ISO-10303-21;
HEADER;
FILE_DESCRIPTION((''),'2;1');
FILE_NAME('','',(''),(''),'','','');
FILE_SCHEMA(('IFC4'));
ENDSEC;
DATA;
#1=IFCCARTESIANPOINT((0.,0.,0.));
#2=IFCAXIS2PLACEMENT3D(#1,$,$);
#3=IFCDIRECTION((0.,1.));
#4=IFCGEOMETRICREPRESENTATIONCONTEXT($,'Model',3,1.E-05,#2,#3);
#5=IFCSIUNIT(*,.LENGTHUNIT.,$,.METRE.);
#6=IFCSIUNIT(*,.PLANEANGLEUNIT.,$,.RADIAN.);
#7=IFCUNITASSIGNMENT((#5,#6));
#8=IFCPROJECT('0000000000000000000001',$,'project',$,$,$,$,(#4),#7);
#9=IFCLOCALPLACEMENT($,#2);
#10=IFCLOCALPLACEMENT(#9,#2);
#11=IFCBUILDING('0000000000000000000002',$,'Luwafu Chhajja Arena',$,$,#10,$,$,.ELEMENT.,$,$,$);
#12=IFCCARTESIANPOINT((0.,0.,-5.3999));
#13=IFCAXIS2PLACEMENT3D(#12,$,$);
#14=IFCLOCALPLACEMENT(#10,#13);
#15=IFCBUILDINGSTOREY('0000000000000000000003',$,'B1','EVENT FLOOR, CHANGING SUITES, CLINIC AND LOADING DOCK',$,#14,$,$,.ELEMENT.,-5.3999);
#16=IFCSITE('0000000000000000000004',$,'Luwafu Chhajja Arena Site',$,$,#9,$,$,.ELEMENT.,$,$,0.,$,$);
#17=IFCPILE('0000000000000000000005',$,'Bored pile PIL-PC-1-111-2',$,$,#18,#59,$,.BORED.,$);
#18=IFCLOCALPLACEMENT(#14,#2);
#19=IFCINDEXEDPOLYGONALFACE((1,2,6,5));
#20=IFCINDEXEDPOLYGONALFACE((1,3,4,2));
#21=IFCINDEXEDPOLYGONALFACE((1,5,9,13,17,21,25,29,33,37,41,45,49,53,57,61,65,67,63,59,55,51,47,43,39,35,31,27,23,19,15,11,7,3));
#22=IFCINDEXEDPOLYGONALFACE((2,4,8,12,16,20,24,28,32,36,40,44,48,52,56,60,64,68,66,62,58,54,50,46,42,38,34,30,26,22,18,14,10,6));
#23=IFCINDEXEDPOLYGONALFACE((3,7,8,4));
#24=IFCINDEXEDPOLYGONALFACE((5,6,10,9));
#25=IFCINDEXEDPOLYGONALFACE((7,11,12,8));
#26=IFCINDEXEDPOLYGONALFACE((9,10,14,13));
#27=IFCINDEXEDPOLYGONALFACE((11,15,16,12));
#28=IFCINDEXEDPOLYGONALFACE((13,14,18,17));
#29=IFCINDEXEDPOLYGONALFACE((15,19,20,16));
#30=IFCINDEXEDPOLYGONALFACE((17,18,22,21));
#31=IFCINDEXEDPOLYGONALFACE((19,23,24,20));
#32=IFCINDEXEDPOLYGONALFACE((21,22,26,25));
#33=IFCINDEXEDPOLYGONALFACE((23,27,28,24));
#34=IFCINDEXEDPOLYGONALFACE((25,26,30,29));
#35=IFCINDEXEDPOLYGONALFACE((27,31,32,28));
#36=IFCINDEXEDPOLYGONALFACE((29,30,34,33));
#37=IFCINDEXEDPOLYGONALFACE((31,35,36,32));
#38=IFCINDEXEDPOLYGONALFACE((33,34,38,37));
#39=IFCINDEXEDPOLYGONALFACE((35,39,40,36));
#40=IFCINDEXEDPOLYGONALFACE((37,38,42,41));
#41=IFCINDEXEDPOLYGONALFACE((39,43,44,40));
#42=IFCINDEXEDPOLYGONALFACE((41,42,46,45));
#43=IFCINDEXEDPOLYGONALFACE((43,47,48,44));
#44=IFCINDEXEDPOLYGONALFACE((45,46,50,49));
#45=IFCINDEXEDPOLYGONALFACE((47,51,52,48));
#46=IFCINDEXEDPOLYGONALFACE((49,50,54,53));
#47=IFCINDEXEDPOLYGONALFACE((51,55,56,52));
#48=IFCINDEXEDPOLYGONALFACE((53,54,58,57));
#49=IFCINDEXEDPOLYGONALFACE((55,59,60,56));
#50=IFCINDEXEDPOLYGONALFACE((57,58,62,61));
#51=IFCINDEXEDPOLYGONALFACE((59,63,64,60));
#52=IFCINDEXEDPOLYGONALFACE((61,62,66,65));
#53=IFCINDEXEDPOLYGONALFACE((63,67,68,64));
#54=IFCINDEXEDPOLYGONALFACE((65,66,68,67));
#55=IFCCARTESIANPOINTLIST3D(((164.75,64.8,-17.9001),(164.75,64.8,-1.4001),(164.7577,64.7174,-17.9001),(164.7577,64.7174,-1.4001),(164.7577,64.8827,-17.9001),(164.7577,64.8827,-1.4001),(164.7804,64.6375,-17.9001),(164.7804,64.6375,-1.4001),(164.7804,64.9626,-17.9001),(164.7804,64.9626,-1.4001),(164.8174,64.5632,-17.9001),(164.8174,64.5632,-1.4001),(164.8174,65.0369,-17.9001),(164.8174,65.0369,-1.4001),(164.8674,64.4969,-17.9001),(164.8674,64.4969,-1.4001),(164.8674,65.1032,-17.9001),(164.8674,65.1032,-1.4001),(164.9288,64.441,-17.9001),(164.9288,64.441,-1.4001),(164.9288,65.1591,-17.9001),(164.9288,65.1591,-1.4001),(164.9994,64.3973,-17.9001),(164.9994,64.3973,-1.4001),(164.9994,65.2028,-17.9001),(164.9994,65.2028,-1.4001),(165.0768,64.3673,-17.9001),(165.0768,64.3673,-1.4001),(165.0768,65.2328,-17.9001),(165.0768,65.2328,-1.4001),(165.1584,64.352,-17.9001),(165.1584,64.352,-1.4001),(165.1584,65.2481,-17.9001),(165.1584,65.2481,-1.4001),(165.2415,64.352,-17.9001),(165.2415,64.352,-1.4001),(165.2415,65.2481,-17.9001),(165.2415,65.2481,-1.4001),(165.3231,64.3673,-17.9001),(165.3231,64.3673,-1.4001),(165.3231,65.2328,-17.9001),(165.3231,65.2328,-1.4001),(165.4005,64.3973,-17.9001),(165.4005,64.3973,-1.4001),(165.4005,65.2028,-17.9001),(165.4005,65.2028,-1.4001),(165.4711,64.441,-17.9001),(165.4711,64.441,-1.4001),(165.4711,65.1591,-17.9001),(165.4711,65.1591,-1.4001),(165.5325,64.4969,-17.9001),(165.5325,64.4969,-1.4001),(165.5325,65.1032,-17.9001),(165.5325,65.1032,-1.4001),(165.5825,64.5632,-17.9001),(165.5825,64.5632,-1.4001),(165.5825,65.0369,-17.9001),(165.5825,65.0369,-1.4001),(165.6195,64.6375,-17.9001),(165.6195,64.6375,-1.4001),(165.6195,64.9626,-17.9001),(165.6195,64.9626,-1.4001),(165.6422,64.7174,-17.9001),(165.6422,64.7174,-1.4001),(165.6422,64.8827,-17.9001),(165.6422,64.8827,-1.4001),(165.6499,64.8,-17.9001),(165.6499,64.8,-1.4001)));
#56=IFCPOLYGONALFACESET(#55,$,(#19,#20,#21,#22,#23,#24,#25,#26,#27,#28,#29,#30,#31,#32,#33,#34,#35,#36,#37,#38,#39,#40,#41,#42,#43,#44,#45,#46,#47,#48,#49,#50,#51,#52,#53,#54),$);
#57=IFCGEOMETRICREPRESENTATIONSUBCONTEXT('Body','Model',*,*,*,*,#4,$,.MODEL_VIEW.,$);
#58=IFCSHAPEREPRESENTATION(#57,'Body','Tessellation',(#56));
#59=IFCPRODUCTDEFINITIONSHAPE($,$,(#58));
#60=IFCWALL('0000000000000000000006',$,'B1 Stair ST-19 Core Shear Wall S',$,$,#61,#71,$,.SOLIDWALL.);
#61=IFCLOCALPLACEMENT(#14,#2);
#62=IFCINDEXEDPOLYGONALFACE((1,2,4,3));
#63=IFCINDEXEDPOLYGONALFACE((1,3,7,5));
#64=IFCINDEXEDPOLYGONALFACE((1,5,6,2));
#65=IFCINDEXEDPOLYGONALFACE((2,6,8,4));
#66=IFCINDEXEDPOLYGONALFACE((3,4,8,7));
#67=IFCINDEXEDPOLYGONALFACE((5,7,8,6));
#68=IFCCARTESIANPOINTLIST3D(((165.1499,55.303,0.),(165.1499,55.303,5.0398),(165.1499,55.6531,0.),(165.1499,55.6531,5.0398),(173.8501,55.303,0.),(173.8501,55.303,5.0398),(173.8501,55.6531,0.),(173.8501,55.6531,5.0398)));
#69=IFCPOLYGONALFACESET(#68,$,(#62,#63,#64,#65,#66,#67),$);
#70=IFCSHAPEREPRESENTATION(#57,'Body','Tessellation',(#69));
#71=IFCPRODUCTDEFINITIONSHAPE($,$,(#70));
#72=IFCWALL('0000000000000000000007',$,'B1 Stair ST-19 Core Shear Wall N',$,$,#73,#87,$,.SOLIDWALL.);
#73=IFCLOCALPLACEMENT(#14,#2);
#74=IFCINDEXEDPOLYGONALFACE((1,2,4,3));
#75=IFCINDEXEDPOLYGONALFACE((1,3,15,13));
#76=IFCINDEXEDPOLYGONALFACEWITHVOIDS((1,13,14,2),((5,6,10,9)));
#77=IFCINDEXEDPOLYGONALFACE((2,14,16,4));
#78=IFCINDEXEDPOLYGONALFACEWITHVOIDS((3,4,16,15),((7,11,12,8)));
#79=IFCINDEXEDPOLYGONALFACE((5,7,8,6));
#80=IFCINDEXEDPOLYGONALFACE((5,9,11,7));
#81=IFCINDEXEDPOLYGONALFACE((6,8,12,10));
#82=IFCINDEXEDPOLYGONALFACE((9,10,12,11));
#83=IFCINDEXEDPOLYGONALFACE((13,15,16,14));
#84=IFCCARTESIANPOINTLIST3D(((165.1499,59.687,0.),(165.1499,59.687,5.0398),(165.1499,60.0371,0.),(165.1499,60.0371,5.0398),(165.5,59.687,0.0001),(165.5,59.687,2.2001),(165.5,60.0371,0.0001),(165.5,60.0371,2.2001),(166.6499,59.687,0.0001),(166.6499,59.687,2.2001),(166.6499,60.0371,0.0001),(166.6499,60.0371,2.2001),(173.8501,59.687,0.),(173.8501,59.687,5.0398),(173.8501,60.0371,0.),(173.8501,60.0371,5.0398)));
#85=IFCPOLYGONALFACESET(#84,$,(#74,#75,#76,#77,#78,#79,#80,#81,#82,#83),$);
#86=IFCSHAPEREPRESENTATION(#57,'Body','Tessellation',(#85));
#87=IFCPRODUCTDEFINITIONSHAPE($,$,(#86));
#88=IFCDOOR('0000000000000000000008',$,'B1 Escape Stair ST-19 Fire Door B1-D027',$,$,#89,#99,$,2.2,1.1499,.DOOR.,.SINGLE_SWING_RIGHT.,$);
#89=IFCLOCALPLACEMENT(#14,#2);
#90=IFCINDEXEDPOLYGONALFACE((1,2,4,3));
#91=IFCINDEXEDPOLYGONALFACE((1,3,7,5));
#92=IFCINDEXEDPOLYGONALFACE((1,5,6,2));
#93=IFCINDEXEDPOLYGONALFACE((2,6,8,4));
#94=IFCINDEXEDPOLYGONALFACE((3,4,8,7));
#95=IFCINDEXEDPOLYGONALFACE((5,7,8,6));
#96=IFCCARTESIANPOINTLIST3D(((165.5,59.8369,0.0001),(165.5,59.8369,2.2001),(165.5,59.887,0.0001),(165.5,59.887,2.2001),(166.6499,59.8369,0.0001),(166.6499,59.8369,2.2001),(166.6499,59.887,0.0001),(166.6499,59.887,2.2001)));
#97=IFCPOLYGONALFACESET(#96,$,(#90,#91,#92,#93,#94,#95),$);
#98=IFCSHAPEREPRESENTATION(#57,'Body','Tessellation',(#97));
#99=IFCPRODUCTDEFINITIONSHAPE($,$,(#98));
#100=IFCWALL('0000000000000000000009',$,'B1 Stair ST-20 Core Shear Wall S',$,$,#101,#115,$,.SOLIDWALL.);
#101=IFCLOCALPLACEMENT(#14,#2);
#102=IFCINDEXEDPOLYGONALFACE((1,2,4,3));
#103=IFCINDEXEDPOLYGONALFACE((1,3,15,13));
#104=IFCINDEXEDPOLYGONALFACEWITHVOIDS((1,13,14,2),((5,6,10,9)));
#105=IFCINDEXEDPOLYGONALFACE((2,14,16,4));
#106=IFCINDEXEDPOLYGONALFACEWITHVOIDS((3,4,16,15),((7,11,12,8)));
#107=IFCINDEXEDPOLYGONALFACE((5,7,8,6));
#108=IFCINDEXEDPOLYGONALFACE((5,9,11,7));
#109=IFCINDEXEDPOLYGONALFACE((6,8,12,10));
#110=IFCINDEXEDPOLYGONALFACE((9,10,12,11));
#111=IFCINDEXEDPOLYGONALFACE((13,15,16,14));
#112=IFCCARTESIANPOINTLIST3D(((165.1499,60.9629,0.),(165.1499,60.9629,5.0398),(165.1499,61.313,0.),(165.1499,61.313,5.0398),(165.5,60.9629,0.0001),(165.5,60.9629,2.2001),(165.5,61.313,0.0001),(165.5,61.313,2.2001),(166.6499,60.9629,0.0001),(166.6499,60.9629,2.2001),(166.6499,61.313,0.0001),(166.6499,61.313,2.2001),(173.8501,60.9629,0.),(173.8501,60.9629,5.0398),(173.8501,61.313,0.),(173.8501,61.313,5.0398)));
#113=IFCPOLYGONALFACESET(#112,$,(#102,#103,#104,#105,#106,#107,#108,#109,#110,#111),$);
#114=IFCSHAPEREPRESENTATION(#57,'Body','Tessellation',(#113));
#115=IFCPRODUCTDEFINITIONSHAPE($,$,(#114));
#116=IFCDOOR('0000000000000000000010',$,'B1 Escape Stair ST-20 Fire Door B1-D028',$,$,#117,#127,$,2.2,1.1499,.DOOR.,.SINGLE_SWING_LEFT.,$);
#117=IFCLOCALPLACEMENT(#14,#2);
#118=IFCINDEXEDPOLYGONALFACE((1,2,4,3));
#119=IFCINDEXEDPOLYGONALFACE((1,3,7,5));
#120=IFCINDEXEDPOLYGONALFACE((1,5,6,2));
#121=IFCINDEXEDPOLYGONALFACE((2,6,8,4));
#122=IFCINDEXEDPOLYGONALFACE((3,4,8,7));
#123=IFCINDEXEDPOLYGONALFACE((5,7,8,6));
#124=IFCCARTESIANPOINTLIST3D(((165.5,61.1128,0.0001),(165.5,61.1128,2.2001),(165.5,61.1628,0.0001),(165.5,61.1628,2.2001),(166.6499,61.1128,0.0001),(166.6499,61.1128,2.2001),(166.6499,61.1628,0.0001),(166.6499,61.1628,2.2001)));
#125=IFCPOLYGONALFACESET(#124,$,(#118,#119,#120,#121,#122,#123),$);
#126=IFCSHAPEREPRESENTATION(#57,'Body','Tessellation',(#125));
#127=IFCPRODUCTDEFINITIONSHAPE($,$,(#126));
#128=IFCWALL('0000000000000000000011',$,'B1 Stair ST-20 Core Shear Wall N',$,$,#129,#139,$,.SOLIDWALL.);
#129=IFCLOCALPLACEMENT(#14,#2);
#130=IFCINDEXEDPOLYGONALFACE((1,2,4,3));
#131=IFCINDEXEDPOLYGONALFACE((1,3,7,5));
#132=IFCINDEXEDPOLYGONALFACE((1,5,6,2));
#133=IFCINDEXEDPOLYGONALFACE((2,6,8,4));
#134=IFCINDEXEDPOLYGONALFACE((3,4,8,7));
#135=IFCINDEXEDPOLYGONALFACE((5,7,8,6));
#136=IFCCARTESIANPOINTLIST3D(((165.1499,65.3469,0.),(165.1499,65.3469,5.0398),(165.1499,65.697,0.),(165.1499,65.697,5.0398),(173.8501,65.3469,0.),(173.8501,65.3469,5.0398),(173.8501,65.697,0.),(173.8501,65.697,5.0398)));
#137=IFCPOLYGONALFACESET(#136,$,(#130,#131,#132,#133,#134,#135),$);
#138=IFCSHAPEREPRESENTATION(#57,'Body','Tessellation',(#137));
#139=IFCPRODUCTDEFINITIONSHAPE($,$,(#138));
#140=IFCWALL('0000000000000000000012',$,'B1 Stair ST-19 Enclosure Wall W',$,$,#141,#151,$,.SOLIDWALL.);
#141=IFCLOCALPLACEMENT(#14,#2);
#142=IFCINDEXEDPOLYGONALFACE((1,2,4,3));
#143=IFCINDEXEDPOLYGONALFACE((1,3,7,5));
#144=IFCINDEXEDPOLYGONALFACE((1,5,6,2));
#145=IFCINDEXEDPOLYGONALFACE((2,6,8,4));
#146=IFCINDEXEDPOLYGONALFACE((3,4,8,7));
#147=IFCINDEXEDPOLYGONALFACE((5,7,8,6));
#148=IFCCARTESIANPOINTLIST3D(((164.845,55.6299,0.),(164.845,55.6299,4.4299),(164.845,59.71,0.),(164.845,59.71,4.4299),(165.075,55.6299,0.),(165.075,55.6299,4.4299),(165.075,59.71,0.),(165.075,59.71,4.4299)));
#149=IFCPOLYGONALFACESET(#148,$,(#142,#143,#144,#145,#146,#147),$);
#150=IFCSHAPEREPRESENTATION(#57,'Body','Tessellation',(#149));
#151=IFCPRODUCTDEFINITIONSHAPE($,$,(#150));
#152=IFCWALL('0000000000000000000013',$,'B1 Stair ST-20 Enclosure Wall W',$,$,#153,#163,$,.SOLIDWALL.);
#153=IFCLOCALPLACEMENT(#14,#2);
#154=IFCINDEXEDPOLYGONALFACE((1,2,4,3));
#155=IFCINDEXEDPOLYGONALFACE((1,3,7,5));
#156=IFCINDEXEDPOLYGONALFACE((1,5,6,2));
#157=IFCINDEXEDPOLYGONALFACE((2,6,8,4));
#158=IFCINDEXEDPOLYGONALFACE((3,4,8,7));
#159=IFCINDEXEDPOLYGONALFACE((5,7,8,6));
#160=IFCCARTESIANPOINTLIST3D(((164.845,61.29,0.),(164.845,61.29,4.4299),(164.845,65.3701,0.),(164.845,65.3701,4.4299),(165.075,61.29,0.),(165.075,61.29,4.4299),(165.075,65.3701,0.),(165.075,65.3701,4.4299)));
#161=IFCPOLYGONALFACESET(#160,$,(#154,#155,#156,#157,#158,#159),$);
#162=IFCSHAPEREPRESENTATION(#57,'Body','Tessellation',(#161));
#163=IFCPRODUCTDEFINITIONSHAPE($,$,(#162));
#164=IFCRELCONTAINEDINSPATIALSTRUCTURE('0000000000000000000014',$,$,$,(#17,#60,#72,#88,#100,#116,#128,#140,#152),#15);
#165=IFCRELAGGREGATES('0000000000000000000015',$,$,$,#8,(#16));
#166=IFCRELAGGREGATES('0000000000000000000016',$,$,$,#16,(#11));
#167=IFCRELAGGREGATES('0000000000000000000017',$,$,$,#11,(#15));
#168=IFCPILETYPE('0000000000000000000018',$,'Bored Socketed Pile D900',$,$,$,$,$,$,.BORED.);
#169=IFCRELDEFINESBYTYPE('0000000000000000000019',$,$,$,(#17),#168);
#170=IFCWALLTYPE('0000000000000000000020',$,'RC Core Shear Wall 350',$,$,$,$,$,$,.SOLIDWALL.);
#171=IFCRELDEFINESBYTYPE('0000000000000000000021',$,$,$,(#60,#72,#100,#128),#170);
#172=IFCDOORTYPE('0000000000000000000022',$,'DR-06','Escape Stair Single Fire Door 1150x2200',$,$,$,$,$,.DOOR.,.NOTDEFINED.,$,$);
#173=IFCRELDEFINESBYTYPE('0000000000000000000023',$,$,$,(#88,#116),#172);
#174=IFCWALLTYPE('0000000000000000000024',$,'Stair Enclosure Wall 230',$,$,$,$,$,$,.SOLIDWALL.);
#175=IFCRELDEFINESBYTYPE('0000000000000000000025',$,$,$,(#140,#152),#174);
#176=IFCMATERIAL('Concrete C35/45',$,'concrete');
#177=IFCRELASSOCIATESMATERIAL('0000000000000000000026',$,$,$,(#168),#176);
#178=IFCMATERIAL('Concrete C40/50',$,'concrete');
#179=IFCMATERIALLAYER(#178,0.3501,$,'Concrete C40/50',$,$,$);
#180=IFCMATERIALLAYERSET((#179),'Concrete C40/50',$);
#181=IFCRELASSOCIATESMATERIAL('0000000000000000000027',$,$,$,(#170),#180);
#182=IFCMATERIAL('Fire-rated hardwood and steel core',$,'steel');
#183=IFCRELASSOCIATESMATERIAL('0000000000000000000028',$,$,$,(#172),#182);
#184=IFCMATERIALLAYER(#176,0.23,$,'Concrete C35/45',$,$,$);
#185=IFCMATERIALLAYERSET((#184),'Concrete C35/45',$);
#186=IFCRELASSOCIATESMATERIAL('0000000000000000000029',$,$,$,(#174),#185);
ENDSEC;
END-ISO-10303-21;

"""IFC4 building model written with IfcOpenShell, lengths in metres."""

from ifc_helpers import new_model, si_unit, direction, frame, frame_2d, origin, origin_2d, place, context, subcontext, project, spatial, rectangle, circle, extrude, material, layer, layer_set, material_profile, profile_set, type_object, element, fill, save


model = new_model("IFC4")

# Units and contexts
model_context = context("Model", 3, precision=1e-05, world=origin(), true_north=direction((0.0, 1.0)))
body_context = subcontext(model_context, "Body", "Model", "MODEL_VIEW")
ifc_project = project(units=[si_unit("LENGTHUNIT", "METRE"), si_unit("PLANEANGLEUNIT", "RADIAN")], contexts=[model_context])

# Site, building, storey
site_placement = place(None, origin())
site = spatial("IfcSite", under=ifc_project, at=site_placement, Name="Luwafu Chhajja Arena Site", CompositionType="ELEMENT", RefElevation=0.0)
building_placement = place(site_placement, origin())
building = spatial("IfcBuilding", under=site, at=building_placement, Name="Luwafu Chhajja Arena", CompositionType="ELEMENT")
storey_placement = place(building_placement, frame((0.0, 0.0, -5.3999)))
storey = spatial("IfcBuildingStorey", under=building, at=storey_placement, Name="B1", Description="EVENT FLOOR, CHANGING SUITES, CLINIC AND LOADING DOCK", CompositionType="ELEMENT", Elevation=-5.3999)

# Pile
ifc_material_1 = material(Name="Concrete C35/45", Category="concrete")
ifc_material_profile = material_profile(ifc_material_1, circle(Radius=0.45, at=origin_2d()), Name="PILE D900")
ifc_profile_set = profile_set([ifc_material_profile], Name="Concrete C35/45")
pile_type = type_object("IfcPileType", Name="Bored Socketed Pile D900", PredefinedType="BORED", material=ifc_profile_set)
pile_placement = place(storey_placement, frame((165.2, 64.8, -1.4001), z_axis=(0.0, 0.0, -1.0), x_axis=(1.0, 0.0, 0.0)))
element("IfcPile", 1, at=pile_placement, inside=storey, type_object=pile_type, Name="Bored pile PIL-PC-1-111-2", PredefinedType="BORED", context=body_context, shape_type="SweptSolid", body=[
    extrude(circle(Radius=0.45, at=origin_2d()), origin(), (0.0, 0.0, 1.0), 16.5),
])

# Wall
ifc_material_2 = material(Name="Concrete C40/50", Category="concrete")
ifc_layer_1 = layer(ifc_material_2, 0.3501, Name="Concrete C40/50")
ifc_layer_set_1 = layer_set([ifc_layer_1], Name="Concrete C40/50")
wall_type_1 = type_object("IfcWallType", Name="RC Core Shear Wall 350", PredefinedType="SOLIDWALL", material=ifc_layer_set_1)
wall_1_placement = place(storey_placement, frame((165.1499, 55.478, 0.0), z_axis=(0.0, 0.0, 1.0), x_axis=(1.0, 0.0, 0.0)))
element("IfcWall", 2, at=wall_1_placement, inside=storey, type_object=wall_type_1, Name="B1 Stair ST-19 Core Shear Wall S", PredefinedType="SOLIDWALL", context=body_context, shape_type="SweptSolid", body=[
    extrude(rectangle(XDim=8.7002, YDim=0.3501, at=frame_2d((4.3501, 0.0))), origin(), (0.0, 0.0, 1.0), 5.0398),
])

# Walls, openings, doors
wall_2_placement = place(storey_placement, frame((165.1499, 59.8621, 0.0), z_axis=(0.0, 0.0, 1.0), x_axis=(1.0, 0.0, 0.0)))
wall_2 = element("IfcWall", 3, at=wall_2_placement, inside=storey, type_object=wall_type_1, Name="B1 Stair ST-19 Core Shear Wall N", PredefinedType="SOLIDWALL", context=body_context, shape_type="SweptSolid", body=[
    extrude(rectangle(XDim=8.7002, YDim=0.3501, at=frame_2d((4.3501, 0.0))), origin(), (0.0, 0.0, 1.0), 5.0398),
])
opening_1_placement = place(wall_2_placement, frame((0.3501, 0.0, 0.0)))
opening_1 = element("IfcOpeningElement", 4, at=opening_1_placement, cuts=wall_2, PredefinedType="OPENING", context=body_context, shape_type="SweptSolid", body=[
    extrude(rectangle(XDim=1.1499, YDim=2.2, at=frame_2d((0.575, 1.1001))), frame((0.0, 0.1851, 0.0), z_axis=(0.0, -1.0, 0.0), x_axis=(1.0, 0.0, 0.0)), (0.0, 0.0, 1.0), 0.3701),
])
ifc_material_3 = material(Name="Fire-rated hardwood and steel core", Category="steel")
door_type = type_object("IfcDoorType", Name="DR-06", Description="Escape Stair Single Fire Door 1150x2200", OperationType="NOTDEFINED", PredefinedType="DOOR", material=ifc_material_3)
door_1_placement = place(opening_1_placement, origin())
door_1 = element("IfcDoor", 5, at=door_1_placement, inside=storey, type_object=door_type, Name="B1 Escape Stair ST-19 Fire Door B1-D027", OperationType="SINGLE_SWING_RIGHT", OverallHeight=2.2, OverallWidth=1.1499, PredefinedType="DOOR", context=body_context, shape_type="SweptSolid", body=[
    extrude(rectangle(XDim=1.1499, YDim=2.2, at=frame_2d((0.575, 1.1001))), frame((0.0, 0.0249, 0.0), z_axis=(0.0, -1.0, 0.0), x_axis=(1.0, 0.0, 0.0)), (0.0, 0.0, 1.0), 0.05),
])
fill(opening_1, door_1)
wall_3_placement = place(storey_placement, frame((165.1499, 61.1379, 0.0), z_axis=(0.0, 0.0, 1.0), x_axis=(1.0, 0.0, 0.0)))
wall_3 = element("IfcWall", 6, at=wall_3_placement, inside=storey, type_object=wall_type_1, Name="B1 Stair ST-20 Core Shear Wall S", PredefinedType="SOLIDWALL", context=body_context, shape_type="SweptSolid", body=[
    extrude(rectangle(XDim=8.7002, YDim=0.3501, at=frame_2d((4.3501, 0.0))), origin(), (0.0, 0.0, 1.0), 5.0398),
])
opening_2_placement = place(wall_3_placement, frame((0.3501, 0.0, 0.0)))
opening_2 = element("IfcOpeningElement", 7, at=opening_2_placement, cuts=wall_3, PredefinedType="OPENING", context=body_context, shape_type="SweptSolid", body=[
    extrude(rectangle(XDim=1.1499, YDim=2.2, at=frame_2d((0.575, 1.1001))), frame((0.0, 0.1851, 0.0), z_axis=(0.0, -1.0, 0.0), x_axis=(1.0, 0.0, 0.0)), (0.0, 0.0, 1.0), 0.3701),
])
door_2_placement = place(opening_2_placement, origin())
door_2 = element("IfcDoor", 8, at=door_2_placement, inside=storey, type_object=door_type, Name="B1 Escape Stair ST-20 Fire Door B1-D028", OperationType="SINGLE_SWING_LEFT", OverallHeight=2.2, OverallWidth=1.1499, PredefinedType="DOOR", context=body_context, shape_type="SweptSolid", body=[
    extrude(rectangle(XDim=1.1499, YDim=2.2, at=frame_2d((0.575, 1.1001))), frame((0.0, 0.0249, 0.0), z_axis=(0.0, -1.0, 0.0), x_axis=(1.0, 0.0, 0.0)), (0.0, 0.0, 1.0), 0.05),
])
fill(opening_2, door_2)

# Walls
wall_4_placement = place(storey_placement, frame((165.1499, 65.522, 0.0), z_axis=(0.0, 0.0, 1.0), x_axis=(1.0, 0.0, 0.0)))
element("IfcWall", 9, at=wall_4_placement, inside=storey, type_object=wall_type_1, Name="B1 Stair ST-20 Core Shear Wall N", PredefinedType="SOLIDWALL", context=body_context, shape_type="SweptSolid", body=[
    extrude(rectangle(XDim=8.7002, YDim=0.3501, at=frame_2d((4.3501, 0.0))), origin(), (0.0, 0.0, 1.0), 5.0398),
])
ifc_layer_2 = layer(ifc_material_1, 0.23, Name="Concrete C35/45")
ifc_layer_set_2 = layer_set([ifc_layer_2], Name="Concrete C35/45")
wall_type_2 = type_object("IfcWallType", Name="Stair Enclosure Wall 230", PredefinedType="SOLIDWALL", material=ifc_layer_set_2)
for number, where, z_axis, x_axis, name in (
    (10, (164.96, 55.6299, 0.0), (0.0, 0.0, 1.0), (0.0, 1.0, 0.0), "B1 Stair ST-19 Enclosure Wall W"),
    (11, (164.96, 61.29, 0.0), (0.0, 0.0, 1.0), (0.0, 1.0, 0.0), "B1 Stair ST-20 Enclosure Wall W"),
):
    element("IfcWall", number, at=place(storey_placement, frame(where, z_axis=z_axis, x_axis=x_axis)), inside=storey, type_object=wall_type_2, Name=name, PredefinedType="SOLIDWALL", context=body_context, shape_type="SweptSolid", body=[
        extrude(rectangle(XDim=4.0801, YDim=0.23, at=frame_2d((2.04, 0.0))), origin(), (0.0, 0.0, 1.0), 4.4299),
    ])

save(model, "model.ifc")
